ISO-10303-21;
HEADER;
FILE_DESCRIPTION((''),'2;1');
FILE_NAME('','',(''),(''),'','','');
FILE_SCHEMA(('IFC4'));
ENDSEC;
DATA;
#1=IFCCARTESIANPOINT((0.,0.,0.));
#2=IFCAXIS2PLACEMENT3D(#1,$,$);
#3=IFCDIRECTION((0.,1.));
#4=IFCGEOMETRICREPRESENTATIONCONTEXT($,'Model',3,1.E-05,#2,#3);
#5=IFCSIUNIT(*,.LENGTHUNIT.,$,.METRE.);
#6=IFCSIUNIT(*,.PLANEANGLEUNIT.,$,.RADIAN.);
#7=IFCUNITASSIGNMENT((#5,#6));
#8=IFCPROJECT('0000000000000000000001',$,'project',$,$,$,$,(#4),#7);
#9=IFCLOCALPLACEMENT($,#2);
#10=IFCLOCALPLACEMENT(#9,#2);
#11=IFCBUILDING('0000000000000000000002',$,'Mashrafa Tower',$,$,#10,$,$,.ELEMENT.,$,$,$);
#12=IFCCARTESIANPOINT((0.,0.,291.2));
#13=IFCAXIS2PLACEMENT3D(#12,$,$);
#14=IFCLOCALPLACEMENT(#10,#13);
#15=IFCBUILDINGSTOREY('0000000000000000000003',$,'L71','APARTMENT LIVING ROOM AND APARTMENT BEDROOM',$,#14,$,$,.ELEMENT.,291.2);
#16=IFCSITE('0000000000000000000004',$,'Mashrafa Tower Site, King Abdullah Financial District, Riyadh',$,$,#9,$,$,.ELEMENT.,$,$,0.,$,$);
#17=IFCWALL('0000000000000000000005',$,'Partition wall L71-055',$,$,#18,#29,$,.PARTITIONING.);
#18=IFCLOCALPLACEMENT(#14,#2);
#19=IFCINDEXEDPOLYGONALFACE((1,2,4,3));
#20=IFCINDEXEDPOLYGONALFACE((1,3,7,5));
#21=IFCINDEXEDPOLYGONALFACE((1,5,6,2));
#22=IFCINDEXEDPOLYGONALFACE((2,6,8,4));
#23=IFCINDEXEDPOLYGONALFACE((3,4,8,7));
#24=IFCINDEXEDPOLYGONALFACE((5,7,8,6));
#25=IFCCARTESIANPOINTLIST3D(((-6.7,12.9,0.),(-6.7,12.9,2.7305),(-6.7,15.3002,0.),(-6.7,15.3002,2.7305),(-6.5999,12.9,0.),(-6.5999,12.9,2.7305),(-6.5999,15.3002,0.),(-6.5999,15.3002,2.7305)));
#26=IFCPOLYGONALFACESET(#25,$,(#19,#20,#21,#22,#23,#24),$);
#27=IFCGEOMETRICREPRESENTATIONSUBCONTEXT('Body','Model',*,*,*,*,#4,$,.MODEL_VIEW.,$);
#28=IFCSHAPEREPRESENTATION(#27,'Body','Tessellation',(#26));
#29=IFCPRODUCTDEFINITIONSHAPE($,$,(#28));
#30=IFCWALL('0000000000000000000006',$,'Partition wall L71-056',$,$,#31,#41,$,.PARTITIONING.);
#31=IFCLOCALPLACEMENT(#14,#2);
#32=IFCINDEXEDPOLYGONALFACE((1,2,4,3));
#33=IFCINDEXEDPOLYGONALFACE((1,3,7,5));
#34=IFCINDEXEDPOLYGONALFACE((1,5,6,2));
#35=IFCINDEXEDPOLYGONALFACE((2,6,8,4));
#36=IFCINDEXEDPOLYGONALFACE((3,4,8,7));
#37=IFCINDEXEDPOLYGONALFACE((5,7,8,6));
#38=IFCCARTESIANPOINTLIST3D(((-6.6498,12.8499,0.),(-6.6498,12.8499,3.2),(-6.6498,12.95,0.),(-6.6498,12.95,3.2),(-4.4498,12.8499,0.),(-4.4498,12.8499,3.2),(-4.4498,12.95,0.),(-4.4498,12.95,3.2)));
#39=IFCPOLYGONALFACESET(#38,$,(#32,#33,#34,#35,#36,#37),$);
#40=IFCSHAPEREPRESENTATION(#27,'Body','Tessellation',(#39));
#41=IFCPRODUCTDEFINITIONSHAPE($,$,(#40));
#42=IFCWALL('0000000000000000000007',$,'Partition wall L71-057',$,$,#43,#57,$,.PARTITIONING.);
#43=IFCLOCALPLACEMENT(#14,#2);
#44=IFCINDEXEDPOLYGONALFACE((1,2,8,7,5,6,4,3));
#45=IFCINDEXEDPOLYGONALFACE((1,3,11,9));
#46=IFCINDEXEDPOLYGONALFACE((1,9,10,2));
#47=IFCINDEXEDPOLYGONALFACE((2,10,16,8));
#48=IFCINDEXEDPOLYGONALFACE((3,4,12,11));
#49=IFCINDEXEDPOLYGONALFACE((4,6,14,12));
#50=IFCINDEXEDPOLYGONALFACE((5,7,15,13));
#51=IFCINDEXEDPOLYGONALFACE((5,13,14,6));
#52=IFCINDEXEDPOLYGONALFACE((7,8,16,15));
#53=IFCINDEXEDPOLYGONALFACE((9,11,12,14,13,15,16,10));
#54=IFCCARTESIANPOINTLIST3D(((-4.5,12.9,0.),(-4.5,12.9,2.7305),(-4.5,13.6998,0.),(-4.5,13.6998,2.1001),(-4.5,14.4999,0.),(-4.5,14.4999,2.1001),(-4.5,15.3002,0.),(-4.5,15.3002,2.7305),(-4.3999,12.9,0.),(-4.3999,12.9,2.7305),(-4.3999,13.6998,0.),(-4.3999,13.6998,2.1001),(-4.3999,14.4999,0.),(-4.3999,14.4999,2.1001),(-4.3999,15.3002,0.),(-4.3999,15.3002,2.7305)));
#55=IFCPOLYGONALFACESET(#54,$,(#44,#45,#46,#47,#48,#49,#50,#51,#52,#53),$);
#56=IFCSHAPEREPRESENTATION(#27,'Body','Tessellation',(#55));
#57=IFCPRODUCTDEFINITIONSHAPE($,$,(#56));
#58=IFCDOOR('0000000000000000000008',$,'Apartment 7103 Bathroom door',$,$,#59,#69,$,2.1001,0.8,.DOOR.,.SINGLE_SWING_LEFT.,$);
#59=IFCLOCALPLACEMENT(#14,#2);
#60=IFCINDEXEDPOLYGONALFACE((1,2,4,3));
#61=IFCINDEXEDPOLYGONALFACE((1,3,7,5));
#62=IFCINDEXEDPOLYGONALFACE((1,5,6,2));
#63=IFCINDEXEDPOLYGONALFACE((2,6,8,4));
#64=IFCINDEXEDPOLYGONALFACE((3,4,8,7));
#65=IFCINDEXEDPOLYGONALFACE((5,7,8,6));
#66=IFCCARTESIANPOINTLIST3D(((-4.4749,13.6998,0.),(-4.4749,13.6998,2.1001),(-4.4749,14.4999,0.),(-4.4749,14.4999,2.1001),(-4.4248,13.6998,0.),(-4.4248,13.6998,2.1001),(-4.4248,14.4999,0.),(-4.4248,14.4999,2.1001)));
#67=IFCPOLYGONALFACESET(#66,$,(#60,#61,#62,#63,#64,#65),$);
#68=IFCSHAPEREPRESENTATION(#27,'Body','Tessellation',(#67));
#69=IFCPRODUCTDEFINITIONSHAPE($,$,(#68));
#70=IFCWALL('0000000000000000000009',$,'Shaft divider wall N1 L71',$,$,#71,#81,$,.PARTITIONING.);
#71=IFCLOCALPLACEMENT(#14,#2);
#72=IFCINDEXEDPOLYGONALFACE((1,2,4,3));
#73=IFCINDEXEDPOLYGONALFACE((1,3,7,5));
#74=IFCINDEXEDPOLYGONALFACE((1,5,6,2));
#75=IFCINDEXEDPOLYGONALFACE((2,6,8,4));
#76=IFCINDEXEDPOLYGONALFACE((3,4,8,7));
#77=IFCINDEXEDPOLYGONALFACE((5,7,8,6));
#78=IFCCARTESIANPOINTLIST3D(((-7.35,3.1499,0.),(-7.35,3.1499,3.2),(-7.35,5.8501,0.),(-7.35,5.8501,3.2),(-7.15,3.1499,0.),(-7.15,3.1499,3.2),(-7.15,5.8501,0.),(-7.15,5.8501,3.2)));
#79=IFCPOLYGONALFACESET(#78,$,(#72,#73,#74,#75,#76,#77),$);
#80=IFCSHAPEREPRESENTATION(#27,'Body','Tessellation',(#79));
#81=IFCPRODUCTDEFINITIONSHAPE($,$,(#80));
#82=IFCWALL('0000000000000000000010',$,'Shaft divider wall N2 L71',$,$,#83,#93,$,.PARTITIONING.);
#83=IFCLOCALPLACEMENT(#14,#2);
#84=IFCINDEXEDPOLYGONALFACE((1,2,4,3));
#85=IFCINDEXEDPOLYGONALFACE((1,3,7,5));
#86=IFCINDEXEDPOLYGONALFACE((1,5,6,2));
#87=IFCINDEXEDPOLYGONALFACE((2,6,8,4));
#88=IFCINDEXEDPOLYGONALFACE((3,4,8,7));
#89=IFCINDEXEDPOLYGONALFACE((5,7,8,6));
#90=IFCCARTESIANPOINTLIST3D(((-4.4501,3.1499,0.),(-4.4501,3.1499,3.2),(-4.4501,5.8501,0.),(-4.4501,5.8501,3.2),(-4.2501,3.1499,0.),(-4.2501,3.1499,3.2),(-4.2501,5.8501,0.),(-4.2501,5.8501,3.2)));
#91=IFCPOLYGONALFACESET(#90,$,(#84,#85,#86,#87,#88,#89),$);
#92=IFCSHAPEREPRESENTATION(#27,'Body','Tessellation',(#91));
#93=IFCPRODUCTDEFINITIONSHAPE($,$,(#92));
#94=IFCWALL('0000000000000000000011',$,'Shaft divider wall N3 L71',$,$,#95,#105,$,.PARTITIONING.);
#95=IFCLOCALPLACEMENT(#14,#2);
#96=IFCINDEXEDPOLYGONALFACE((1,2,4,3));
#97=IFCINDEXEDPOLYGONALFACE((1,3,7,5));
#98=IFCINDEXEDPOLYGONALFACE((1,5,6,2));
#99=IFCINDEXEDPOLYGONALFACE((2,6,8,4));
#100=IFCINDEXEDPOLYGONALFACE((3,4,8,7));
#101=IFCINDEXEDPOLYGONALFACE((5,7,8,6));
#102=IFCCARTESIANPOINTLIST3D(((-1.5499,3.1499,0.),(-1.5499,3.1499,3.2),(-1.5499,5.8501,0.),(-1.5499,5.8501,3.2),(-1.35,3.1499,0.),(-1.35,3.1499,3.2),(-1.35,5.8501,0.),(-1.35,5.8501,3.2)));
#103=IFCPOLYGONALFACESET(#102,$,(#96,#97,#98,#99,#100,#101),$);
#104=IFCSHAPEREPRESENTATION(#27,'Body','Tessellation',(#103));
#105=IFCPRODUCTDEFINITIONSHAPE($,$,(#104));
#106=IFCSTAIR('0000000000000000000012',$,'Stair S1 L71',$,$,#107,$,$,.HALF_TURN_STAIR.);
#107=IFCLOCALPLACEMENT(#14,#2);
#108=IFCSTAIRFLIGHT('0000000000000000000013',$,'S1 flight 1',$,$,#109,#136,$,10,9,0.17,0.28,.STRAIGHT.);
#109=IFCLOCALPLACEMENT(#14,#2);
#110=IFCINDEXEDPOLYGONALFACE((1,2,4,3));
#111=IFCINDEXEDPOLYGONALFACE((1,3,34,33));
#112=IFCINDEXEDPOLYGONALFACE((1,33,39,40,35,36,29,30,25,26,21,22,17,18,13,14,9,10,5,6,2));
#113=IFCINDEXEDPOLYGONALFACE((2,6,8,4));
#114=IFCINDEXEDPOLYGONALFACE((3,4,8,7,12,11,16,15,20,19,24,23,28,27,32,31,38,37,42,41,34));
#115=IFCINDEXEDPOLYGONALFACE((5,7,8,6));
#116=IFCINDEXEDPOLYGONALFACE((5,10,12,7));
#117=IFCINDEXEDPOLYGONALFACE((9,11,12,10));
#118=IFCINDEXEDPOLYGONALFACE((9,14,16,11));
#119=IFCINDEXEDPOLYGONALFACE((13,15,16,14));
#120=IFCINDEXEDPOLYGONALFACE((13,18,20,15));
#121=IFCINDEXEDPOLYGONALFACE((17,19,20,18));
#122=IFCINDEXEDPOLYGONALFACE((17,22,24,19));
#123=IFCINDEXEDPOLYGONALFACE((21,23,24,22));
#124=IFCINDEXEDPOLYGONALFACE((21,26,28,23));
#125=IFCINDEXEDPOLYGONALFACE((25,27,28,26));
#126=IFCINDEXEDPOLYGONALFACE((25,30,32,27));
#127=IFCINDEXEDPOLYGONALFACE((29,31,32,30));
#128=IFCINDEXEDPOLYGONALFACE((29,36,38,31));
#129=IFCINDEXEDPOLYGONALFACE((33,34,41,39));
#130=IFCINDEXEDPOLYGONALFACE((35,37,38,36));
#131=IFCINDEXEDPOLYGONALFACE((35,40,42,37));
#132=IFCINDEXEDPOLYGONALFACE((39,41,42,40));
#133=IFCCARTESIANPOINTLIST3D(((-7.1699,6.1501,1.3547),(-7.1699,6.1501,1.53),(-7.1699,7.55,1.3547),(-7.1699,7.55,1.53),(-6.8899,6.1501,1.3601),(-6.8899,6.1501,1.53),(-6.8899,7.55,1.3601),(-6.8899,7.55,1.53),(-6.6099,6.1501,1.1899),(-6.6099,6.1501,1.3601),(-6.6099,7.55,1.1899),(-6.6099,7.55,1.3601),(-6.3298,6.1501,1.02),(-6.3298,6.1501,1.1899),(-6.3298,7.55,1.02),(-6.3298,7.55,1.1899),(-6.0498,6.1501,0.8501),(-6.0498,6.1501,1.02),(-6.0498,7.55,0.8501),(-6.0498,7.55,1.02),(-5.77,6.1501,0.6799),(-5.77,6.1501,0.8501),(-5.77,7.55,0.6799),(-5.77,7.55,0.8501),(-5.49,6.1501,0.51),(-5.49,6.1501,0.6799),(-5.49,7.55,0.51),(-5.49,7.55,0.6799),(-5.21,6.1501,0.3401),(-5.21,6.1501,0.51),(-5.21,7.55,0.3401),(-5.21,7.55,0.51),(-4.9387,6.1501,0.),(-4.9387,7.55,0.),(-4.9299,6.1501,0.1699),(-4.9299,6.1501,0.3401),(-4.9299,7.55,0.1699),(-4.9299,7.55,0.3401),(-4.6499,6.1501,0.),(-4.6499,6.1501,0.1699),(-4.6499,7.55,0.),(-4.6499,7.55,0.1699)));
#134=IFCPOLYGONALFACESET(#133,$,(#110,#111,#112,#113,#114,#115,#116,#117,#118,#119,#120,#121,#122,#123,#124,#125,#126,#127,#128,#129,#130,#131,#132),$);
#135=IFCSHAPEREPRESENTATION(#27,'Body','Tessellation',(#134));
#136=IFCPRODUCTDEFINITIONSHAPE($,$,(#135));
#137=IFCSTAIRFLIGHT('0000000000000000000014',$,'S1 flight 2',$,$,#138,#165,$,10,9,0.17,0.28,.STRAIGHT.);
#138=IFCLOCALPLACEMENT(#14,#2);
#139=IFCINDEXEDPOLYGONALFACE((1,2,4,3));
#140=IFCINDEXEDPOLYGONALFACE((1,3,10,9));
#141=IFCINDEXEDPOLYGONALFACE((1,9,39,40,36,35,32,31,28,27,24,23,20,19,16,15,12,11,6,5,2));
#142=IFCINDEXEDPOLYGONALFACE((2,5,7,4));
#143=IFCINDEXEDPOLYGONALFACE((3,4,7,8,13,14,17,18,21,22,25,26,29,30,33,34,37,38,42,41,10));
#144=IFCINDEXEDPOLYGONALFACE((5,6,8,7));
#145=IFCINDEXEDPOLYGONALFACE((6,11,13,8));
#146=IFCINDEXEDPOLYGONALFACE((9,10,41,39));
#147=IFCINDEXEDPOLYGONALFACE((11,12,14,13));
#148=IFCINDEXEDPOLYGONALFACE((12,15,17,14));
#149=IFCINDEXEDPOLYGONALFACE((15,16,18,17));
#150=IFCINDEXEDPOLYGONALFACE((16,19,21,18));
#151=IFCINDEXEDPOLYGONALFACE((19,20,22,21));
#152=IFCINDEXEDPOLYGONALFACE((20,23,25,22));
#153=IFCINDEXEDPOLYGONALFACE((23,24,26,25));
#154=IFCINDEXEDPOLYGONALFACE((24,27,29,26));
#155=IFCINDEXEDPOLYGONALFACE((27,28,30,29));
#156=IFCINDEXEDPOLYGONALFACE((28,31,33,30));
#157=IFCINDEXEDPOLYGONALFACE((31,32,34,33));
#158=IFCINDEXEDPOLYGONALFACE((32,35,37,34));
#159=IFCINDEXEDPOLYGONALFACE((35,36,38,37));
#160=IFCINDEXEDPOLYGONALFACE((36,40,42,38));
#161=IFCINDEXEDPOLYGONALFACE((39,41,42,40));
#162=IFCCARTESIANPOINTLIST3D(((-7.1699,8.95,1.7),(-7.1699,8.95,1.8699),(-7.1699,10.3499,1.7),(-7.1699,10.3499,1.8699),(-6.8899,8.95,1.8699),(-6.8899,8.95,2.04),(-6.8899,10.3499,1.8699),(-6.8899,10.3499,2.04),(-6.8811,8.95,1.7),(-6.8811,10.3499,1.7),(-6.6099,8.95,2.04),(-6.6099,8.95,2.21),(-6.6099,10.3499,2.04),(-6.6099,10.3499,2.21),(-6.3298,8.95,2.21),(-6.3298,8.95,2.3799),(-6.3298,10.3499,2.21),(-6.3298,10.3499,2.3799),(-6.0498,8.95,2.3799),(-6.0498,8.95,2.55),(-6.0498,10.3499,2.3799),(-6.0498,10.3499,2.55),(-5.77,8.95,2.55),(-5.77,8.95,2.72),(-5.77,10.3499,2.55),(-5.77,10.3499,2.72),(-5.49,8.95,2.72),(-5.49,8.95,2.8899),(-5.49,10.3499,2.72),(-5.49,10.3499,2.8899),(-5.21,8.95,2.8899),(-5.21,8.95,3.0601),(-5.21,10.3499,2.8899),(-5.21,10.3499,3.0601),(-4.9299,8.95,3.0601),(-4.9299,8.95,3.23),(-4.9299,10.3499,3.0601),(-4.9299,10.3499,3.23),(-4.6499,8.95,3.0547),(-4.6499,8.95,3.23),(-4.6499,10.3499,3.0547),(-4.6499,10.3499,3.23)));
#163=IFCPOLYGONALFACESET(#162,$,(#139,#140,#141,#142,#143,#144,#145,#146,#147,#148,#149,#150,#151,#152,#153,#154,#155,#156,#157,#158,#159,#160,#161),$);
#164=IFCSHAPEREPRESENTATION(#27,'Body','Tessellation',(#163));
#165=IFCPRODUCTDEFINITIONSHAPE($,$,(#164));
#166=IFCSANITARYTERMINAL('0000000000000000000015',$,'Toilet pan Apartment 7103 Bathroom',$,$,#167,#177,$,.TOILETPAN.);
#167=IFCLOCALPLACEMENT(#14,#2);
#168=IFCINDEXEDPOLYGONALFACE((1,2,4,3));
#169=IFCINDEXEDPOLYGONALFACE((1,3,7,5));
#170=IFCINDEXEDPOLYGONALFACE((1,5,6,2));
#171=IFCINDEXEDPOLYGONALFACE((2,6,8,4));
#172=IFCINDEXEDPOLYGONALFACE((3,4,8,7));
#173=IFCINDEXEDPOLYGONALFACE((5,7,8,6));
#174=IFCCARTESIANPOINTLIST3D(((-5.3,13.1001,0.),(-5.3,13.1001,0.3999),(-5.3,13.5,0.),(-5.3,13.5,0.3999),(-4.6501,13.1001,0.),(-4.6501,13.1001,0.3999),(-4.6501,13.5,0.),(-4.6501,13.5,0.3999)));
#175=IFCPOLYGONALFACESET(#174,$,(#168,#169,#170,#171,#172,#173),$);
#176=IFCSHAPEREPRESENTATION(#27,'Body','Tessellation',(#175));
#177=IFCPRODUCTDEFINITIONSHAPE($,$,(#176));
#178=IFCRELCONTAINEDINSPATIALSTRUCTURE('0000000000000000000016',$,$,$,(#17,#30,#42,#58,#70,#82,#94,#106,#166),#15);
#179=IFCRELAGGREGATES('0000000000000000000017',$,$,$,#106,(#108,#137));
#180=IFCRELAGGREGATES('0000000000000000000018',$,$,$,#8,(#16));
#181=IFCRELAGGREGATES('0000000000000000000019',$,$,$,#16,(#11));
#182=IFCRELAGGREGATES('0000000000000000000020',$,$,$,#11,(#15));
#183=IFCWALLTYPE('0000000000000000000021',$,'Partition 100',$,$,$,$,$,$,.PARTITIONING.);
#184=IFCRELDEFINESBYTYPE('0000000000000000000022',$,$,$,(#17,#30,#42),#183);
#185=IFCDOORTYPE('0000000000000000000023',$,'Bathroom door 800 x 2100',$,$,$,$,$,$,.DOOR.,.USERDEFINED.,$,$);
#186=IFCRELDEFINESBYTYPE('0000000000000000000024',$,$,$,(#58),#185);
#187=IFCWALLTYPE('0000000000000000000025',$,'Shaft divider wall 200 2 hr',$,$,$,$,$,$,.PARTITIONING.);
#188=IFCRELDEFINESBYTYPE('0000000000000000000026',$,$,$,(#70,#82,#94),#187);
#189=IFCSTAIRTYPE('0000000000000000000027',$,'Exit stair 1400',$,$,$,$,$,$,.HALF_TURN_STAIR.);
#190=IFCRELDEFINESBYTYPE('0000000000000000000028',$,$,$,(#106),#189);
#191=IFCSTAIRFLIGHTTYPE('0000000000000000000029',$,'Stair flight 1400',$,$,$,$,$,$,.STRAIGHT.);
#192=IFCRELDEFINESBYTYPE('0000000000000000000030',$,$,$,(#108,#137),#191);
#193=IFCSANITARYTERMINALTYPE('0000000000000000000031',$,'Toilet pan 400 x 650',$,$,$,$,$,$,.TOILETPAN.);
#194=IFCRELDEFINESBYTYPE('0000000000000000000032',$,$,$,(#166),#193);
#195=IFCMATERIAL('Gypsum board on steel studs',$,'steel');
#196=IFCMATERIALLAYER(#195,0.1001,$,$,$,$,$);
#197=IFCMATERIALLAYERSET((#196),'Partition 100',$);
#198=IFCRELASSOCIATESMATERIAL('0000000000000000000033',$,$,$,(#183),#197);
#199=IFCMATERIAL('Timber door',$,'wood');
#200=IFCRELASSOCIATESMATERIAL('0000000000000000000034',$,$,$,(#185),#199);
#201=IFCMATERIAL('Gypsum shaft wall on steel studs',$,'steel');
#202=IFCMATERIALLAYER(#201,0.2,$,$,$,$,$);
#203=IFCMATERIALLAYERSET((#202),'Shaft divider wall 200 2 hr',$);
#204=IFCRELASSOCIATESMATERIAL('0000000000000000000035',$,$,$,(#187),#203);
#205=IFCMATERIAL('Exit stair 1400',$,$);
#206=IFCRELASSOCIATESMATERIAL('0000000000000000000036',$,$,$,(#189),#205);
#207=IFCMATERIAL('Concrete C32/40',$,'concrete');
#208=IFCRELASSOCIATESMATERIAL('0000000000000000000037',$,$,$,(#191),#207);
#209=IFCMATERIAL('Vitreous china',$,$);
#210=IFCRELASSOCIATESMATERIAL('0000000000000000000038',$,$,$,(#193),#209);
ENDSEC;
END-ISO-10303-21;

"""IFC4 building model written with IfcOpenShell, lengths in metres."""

from ifc_helpers import new_model, si_unit, direction, frame, frame_2d, origin, origin_2d, place, context, subcontext, project, spatial, polyline, rectangle, outline, extrude, material, layer, layer_set, type_object, element, fill, aggregate, save


model = new_model("IFC4")

# Units and contexts
model_context = context("Model", 3, precision=1e-05, world=origin(), true_north=direction((0.0, 1.0)))
body_context = subcontext(model_context, "Body", "Model", "MODEL_VIEW")
ifc_project = project(units=[si_unit("LENGTHUNIT", "METRE"), si_unit("PLANEANGLEUNIT", "RADIAN")], contexts=[model_context])

# Site, building, storey
site_placement = place(None, origin())
site = spatial("IfcSite", under=ifc_project, at=site_placement, Name="Mashrafa Tower Site, King Abdullah Financial District, Riyadh", CompositionType="ELEMENT", RefElevation=0.0)
building_placement = place(site_placement, origin())
building = spatial("IfcBuilding", under=site, at=building_placement, Name="Mashrafa Tower", CompositionType="ELEMENT")
storey_placement = place(building_placement, frame((0.0, 0.0, 291.2)))
storey = spatial("IfcBuildingStorey", under=building, at=storey_placement, Name="L71", Description="APARTMENT LIVING ROOM AND APARTMENT BEDROOM", CompositionType="ELEMENT", Elevation=291.2)

# Walls
ifc_material_1 = material(Name="Gypsum board on steel studs", Category="steel")
ifc_layer_1 = layer(ifc_material_1, 0.1001)
ifc_layer_set_1 = layer_set([ifc_layer_1], Name="Partition 100")
wall_type_1 = type_object("IfcWallType", Name="Partition 100", PredefinedType="PARTITIONING", material=ifc_layer_set_1)
wall_1_placement = place(storey_placement, frame((-6.6499, 12.8999, 0.0), z_axis=(0.0, 0.0, 1.0), x_axis=(0.0, 1.0, 0.0)))
element("IfcWall", 1, at=wall_1_placement, inside=storey, type_object=wall_type_1, Name="Partition wall L71-055", PredefinedType="PARTITIONING", context=body_context, shape_type="SweptSolid", body=[
    extrude(rectangle(XDim=2.4001, YDim=0.1001, at=frame_2d((1.2002, 0.0))), origin(), (0.0, 0.0, 1.0), 2.7305),
])
wall_2_placement = place(storey_placement, frame((-6.6499, 12.8999, 0.0), z_axis=(0.0, 0.0, 1.0), x_axis=(1.0, 0.0, 0.0)))
element("IfcWall", 2, at=wall_2_placement, inside=storey, type_object=wall_type_1, Name="Partition wall L71-056", PredefinedType="PARTITIONING", context=body_context, shape_type="SweptSolid", body=[
    extrude(rectangle(XDim=2.2, YDim=0.1001, at=frame_2d((1.1001, 0.0))), origin(), (0.0, 0.0, 1.0), 3.2),
])

# Wall, opening, door
wall_3_placement = place(storey_placement, frame((-4.45, 12.8999, 0.0), z_axis=(0.0, 0.0, 1.0), x_axis=(0.0, 1.0, 0.0)))
wall_3 = element("IfcWall", 3, at=wall_3_placement, inside=storey, type_object=wall_type_1, Name="Partition wall L71-057", PredefinedType="PARTITIONING", context=body_context, shape_type="SweptSolid", body=[
    extrude(rectangle(XDim=2.4001, YDim=0.1001, at=frame_2d((1.2002, 0.0))), origin(), (0.0, 0.0, 1.0), 2.7305),
])
opening_1_placement = place(wall_3_placement, frame((0.8, 0.0, 0.0)))
opening_1 = element("IfcOpeningElement", 4, at=opening_1_placement, cuts=wall_3, PredefinedType="OPENING", context=body_context, shape_type="SweptSolid", body=[
    extrude(rectangle(XDim=0.8, YDim=2.1001, at=frame_2d((0.3999, 1.05))), frame((0.0, 0.0601, 0.0), z_axis=(0.0, -1.0, 0.0), x_axis=(1.0, 0.0, 0.0)), (0.0, 0.0, 1.0), 0.1201),
])
ifc_material_2 = material(Name="Timber door", Category="wood")
door_type_1 = type_object("IfcDoorType", Name="Bathroom door 800 x 2100", OperationType="USERDEFINED", PredefinedType="DOOR", material=ifc_material_2)
door_1_placement = place(opening_1_placement, origin())
door_1 = element("IfcDoor", 5, at=door_1_placement, inside=storey, type_object=door_type_1, Name="Apartment 7103 Bathroom door", OperationType="SINGLE_SWING_LEFT", OverallHeight=2.1001, OverallWidth=0.8, PredefinedType="DOOR", context=body_context, shape_type="SweptSolid", body=[
    extrude(rectangle(XDim=0.8, YDim=2.1001, at=frame_2d((0.3999, 1.05))), frame((0.0, 0.0249, 0.0), z_axis=(0.0, -1.0, 0.0), x_axis=(1.0, 0.0, 0.0)), (0.0, 0.0, 1.0), 0.05),
])
fill(opening_1, door_1)

# Walls
ifc_material_3 = material(Name="Gypsum shaft wall on steel studs", Category="steel")
ifc_layer_2 = layer(ifc_material_3, 0.2)
ifc_layer_set_2 = layer_set([ifc_layer_2], Name="Shaft divider wall 200 2 hr")
wall_type_2 = type_object("IfcWallType", Name="Shaft divider wall 200 2 hr", PredefinedType="PARTITIONING", material=ifc_layer_set_2)
for number, where, z_axis, x_axis, name in (
    (6, (-7.25, 3.1499, 0.0), (0.0, 0.0, 1.0), (0.0, 1.0, 0.0), "Shaft divider wall N1 L71"),
    (7, (-4.3501, 3.1499, 0.0), (0.0, 0.0, 1.0), (0.0, 1.0, 0.0), "Shaft divider wall N2 L71"),
    (8, (-1.45, 3.1499, 0.0), (0.0, 0.0, 1.0), (0.0, 1.0, 0.0), "Shaft divider wall N3 L71"),
):
    element("IfcWall", number, at=place(storey_placement, frame(where, z_axis=z_axis, x_axis=x_axis)), inside=storey, type_object=wall_type_2, Name=name, PredefinedType="PARTITIONING", context=body_context, shape_type="SweptSolid", body=[
        extrude(rectangle(XDim=2.7002, YDim=0.2, at=frame_2d((1.3501, 0.0))), origin(), (0.0, 0.0, 1.0), 3.2),
    ])

# Stair, stair flights
ifc_material_4 = material(Name="Exit stair 1400")
stair_type = type_object("IfcStairType", Name="Exit stair 1400", PredefinedType="HALF_TURN_STAIR", material=ifc_material_4)
stair_placement = place(storey_placement, origin())
stair = element("IfcStair", 9, at=stair_placement, inside=storey, type_object=stair_type, Name="Stair S1 L71", PredefinedType="HALF_TURN_STAIR")
ifc_material_5 = material(Name="Concrete C32/40", Category="concrete")
stair_flight_type = type_object("IfcStairFlightType", Name="Stair flight 1400", PredefinedType="STRAIGHT", material=ifc_material_5)
stair_flight_1_placement = place(storey_placement, frame((-4.6499, 6.8501, 0.0), z_axis=(0.0, 0.0, 1.0), x_axis=(-1.0, 0.0, 0.0)))
stair_flight_1 = element("IfcStairFlight", 10, at=stair_flight_1_placement, type_object=stair_flight_type, Name="S1 flight 1", NumberOfRisers=10, NumberOfTreads=9, PredefinedType="STRAIGHT", RiserHeight=0.17, TreadLength=0.28, context=body_context, shape_type="SweptSolid", body=[
    extrude(outline(polyline([(0.0, 0.0), (0.0, 0.1699), (0.28, 0.1699), (0.28, 0.3401), (0.5601, 0.3401), (0.5601, 0.51), (0.8401, 0.51), (0.8401, 0.6799), (1.1201, 0.6799), (1.1201, 0.8501), (1.3999, 0.8501), (1.3999, 1.02), (1.6799, 1.02), (1.6799, 1.1899), (1.96, 1.1899), (1.96, 1.3601), (2.24, 1.3601), (2.24, 1.53), (2.52, 1.53), (2.52, 1.7), (2.52, 1.3547), (0.2888, 0.0), (0.0, 0.0)])), frame((0.0, 0.7, 0.0), z_axis=(0.0, -1.0, 0.0), x_axis=(1.0, 0.0, 0.0)), (0.0, 0.0, 1.0), 1.3999),
])
stair_flight_2_placement = place(storey_placement, frame((-7.1699, 9.6499, 1.7), z_axis=(0.0, 0.0, 1.0), x_axis=(1.0, 0.0, 0.0)))
stair_flight_2 = element("IfcStairFlight", 11, at=stair_flight_2_placement, type_object=stair_flight_type, Name="S1 flight 2", NumberOfRisers=10, NumberOfTreads=9, PredefinedType="STRAIGHT", RiserHeight=0.17, TreadLength=0.28, context=body_context, shape_type="SweptSolid", body=[
    extrude(outline(polyline([(0.0, 0.0), (0.0, 0.1699), (0.28, 0.1699), (0.28, 0.3401), (0.5601, 0.3401), (0.5601, 0.51), (0.8401, 0.51), (0.8401, 0.6799), (1.1201, 0.6799), (1.1201, 0.8501), (1.3999, 0.8501), (1.3999, 1.02), (1.6799, 1.02), (1.6799, 1.1899), (1.96, 1.1899), (1.96, 1.3601), (2.24, 1.3601), (2.24, 1.53), (2.52, 1.53), (2.52, 1.7), (2.52, 1.3547), (0.2888, 0.0), (0.0, 0.0)])), frame((0.0, 0.7, 0.0), z_axis=(0.0, -1.0, 0.0), x_axis=(1.0, 0.0, 0.0)), (0.0, 0.0, 1.0), 1.3999),
])
aggregate(stair, [stair_flight_1, stair_flight_2])

# Sanitary terminal
ifc_material_6 = material(Name="Vitreous china")
sanitary_terminal_type = type_object("IfcSanitaryTerminalType", Name="Toilet pan 400 x 650", PredefinedType="TOILETPAN", material=ifc_material_6)
sanitary_terminal_placement = place(storey_placement, frame((-4.9751, 13.3, 0.0), z_axis=(0.0, 0.0, 1.0), x_axis=(0.0, 1.0, 0.0)))
element("IfcSanitaryTerminal", 12, at=sanitary_terminal_placement, inside=storey, type_object=sanitary_terminal_type, Name="Toilet pan Apartment 7103 Bathroom", PredefinedType="TOILETPAN", context=body_context, shape_type="SweptSolid", body=[
    extrude(rectangle(XDim=0.3999, YDim=0.6499, at=origin_2d()), origin(), (0.0, 0.0, 1.0), 0.3999),
])

save(model, "model.ifc")
